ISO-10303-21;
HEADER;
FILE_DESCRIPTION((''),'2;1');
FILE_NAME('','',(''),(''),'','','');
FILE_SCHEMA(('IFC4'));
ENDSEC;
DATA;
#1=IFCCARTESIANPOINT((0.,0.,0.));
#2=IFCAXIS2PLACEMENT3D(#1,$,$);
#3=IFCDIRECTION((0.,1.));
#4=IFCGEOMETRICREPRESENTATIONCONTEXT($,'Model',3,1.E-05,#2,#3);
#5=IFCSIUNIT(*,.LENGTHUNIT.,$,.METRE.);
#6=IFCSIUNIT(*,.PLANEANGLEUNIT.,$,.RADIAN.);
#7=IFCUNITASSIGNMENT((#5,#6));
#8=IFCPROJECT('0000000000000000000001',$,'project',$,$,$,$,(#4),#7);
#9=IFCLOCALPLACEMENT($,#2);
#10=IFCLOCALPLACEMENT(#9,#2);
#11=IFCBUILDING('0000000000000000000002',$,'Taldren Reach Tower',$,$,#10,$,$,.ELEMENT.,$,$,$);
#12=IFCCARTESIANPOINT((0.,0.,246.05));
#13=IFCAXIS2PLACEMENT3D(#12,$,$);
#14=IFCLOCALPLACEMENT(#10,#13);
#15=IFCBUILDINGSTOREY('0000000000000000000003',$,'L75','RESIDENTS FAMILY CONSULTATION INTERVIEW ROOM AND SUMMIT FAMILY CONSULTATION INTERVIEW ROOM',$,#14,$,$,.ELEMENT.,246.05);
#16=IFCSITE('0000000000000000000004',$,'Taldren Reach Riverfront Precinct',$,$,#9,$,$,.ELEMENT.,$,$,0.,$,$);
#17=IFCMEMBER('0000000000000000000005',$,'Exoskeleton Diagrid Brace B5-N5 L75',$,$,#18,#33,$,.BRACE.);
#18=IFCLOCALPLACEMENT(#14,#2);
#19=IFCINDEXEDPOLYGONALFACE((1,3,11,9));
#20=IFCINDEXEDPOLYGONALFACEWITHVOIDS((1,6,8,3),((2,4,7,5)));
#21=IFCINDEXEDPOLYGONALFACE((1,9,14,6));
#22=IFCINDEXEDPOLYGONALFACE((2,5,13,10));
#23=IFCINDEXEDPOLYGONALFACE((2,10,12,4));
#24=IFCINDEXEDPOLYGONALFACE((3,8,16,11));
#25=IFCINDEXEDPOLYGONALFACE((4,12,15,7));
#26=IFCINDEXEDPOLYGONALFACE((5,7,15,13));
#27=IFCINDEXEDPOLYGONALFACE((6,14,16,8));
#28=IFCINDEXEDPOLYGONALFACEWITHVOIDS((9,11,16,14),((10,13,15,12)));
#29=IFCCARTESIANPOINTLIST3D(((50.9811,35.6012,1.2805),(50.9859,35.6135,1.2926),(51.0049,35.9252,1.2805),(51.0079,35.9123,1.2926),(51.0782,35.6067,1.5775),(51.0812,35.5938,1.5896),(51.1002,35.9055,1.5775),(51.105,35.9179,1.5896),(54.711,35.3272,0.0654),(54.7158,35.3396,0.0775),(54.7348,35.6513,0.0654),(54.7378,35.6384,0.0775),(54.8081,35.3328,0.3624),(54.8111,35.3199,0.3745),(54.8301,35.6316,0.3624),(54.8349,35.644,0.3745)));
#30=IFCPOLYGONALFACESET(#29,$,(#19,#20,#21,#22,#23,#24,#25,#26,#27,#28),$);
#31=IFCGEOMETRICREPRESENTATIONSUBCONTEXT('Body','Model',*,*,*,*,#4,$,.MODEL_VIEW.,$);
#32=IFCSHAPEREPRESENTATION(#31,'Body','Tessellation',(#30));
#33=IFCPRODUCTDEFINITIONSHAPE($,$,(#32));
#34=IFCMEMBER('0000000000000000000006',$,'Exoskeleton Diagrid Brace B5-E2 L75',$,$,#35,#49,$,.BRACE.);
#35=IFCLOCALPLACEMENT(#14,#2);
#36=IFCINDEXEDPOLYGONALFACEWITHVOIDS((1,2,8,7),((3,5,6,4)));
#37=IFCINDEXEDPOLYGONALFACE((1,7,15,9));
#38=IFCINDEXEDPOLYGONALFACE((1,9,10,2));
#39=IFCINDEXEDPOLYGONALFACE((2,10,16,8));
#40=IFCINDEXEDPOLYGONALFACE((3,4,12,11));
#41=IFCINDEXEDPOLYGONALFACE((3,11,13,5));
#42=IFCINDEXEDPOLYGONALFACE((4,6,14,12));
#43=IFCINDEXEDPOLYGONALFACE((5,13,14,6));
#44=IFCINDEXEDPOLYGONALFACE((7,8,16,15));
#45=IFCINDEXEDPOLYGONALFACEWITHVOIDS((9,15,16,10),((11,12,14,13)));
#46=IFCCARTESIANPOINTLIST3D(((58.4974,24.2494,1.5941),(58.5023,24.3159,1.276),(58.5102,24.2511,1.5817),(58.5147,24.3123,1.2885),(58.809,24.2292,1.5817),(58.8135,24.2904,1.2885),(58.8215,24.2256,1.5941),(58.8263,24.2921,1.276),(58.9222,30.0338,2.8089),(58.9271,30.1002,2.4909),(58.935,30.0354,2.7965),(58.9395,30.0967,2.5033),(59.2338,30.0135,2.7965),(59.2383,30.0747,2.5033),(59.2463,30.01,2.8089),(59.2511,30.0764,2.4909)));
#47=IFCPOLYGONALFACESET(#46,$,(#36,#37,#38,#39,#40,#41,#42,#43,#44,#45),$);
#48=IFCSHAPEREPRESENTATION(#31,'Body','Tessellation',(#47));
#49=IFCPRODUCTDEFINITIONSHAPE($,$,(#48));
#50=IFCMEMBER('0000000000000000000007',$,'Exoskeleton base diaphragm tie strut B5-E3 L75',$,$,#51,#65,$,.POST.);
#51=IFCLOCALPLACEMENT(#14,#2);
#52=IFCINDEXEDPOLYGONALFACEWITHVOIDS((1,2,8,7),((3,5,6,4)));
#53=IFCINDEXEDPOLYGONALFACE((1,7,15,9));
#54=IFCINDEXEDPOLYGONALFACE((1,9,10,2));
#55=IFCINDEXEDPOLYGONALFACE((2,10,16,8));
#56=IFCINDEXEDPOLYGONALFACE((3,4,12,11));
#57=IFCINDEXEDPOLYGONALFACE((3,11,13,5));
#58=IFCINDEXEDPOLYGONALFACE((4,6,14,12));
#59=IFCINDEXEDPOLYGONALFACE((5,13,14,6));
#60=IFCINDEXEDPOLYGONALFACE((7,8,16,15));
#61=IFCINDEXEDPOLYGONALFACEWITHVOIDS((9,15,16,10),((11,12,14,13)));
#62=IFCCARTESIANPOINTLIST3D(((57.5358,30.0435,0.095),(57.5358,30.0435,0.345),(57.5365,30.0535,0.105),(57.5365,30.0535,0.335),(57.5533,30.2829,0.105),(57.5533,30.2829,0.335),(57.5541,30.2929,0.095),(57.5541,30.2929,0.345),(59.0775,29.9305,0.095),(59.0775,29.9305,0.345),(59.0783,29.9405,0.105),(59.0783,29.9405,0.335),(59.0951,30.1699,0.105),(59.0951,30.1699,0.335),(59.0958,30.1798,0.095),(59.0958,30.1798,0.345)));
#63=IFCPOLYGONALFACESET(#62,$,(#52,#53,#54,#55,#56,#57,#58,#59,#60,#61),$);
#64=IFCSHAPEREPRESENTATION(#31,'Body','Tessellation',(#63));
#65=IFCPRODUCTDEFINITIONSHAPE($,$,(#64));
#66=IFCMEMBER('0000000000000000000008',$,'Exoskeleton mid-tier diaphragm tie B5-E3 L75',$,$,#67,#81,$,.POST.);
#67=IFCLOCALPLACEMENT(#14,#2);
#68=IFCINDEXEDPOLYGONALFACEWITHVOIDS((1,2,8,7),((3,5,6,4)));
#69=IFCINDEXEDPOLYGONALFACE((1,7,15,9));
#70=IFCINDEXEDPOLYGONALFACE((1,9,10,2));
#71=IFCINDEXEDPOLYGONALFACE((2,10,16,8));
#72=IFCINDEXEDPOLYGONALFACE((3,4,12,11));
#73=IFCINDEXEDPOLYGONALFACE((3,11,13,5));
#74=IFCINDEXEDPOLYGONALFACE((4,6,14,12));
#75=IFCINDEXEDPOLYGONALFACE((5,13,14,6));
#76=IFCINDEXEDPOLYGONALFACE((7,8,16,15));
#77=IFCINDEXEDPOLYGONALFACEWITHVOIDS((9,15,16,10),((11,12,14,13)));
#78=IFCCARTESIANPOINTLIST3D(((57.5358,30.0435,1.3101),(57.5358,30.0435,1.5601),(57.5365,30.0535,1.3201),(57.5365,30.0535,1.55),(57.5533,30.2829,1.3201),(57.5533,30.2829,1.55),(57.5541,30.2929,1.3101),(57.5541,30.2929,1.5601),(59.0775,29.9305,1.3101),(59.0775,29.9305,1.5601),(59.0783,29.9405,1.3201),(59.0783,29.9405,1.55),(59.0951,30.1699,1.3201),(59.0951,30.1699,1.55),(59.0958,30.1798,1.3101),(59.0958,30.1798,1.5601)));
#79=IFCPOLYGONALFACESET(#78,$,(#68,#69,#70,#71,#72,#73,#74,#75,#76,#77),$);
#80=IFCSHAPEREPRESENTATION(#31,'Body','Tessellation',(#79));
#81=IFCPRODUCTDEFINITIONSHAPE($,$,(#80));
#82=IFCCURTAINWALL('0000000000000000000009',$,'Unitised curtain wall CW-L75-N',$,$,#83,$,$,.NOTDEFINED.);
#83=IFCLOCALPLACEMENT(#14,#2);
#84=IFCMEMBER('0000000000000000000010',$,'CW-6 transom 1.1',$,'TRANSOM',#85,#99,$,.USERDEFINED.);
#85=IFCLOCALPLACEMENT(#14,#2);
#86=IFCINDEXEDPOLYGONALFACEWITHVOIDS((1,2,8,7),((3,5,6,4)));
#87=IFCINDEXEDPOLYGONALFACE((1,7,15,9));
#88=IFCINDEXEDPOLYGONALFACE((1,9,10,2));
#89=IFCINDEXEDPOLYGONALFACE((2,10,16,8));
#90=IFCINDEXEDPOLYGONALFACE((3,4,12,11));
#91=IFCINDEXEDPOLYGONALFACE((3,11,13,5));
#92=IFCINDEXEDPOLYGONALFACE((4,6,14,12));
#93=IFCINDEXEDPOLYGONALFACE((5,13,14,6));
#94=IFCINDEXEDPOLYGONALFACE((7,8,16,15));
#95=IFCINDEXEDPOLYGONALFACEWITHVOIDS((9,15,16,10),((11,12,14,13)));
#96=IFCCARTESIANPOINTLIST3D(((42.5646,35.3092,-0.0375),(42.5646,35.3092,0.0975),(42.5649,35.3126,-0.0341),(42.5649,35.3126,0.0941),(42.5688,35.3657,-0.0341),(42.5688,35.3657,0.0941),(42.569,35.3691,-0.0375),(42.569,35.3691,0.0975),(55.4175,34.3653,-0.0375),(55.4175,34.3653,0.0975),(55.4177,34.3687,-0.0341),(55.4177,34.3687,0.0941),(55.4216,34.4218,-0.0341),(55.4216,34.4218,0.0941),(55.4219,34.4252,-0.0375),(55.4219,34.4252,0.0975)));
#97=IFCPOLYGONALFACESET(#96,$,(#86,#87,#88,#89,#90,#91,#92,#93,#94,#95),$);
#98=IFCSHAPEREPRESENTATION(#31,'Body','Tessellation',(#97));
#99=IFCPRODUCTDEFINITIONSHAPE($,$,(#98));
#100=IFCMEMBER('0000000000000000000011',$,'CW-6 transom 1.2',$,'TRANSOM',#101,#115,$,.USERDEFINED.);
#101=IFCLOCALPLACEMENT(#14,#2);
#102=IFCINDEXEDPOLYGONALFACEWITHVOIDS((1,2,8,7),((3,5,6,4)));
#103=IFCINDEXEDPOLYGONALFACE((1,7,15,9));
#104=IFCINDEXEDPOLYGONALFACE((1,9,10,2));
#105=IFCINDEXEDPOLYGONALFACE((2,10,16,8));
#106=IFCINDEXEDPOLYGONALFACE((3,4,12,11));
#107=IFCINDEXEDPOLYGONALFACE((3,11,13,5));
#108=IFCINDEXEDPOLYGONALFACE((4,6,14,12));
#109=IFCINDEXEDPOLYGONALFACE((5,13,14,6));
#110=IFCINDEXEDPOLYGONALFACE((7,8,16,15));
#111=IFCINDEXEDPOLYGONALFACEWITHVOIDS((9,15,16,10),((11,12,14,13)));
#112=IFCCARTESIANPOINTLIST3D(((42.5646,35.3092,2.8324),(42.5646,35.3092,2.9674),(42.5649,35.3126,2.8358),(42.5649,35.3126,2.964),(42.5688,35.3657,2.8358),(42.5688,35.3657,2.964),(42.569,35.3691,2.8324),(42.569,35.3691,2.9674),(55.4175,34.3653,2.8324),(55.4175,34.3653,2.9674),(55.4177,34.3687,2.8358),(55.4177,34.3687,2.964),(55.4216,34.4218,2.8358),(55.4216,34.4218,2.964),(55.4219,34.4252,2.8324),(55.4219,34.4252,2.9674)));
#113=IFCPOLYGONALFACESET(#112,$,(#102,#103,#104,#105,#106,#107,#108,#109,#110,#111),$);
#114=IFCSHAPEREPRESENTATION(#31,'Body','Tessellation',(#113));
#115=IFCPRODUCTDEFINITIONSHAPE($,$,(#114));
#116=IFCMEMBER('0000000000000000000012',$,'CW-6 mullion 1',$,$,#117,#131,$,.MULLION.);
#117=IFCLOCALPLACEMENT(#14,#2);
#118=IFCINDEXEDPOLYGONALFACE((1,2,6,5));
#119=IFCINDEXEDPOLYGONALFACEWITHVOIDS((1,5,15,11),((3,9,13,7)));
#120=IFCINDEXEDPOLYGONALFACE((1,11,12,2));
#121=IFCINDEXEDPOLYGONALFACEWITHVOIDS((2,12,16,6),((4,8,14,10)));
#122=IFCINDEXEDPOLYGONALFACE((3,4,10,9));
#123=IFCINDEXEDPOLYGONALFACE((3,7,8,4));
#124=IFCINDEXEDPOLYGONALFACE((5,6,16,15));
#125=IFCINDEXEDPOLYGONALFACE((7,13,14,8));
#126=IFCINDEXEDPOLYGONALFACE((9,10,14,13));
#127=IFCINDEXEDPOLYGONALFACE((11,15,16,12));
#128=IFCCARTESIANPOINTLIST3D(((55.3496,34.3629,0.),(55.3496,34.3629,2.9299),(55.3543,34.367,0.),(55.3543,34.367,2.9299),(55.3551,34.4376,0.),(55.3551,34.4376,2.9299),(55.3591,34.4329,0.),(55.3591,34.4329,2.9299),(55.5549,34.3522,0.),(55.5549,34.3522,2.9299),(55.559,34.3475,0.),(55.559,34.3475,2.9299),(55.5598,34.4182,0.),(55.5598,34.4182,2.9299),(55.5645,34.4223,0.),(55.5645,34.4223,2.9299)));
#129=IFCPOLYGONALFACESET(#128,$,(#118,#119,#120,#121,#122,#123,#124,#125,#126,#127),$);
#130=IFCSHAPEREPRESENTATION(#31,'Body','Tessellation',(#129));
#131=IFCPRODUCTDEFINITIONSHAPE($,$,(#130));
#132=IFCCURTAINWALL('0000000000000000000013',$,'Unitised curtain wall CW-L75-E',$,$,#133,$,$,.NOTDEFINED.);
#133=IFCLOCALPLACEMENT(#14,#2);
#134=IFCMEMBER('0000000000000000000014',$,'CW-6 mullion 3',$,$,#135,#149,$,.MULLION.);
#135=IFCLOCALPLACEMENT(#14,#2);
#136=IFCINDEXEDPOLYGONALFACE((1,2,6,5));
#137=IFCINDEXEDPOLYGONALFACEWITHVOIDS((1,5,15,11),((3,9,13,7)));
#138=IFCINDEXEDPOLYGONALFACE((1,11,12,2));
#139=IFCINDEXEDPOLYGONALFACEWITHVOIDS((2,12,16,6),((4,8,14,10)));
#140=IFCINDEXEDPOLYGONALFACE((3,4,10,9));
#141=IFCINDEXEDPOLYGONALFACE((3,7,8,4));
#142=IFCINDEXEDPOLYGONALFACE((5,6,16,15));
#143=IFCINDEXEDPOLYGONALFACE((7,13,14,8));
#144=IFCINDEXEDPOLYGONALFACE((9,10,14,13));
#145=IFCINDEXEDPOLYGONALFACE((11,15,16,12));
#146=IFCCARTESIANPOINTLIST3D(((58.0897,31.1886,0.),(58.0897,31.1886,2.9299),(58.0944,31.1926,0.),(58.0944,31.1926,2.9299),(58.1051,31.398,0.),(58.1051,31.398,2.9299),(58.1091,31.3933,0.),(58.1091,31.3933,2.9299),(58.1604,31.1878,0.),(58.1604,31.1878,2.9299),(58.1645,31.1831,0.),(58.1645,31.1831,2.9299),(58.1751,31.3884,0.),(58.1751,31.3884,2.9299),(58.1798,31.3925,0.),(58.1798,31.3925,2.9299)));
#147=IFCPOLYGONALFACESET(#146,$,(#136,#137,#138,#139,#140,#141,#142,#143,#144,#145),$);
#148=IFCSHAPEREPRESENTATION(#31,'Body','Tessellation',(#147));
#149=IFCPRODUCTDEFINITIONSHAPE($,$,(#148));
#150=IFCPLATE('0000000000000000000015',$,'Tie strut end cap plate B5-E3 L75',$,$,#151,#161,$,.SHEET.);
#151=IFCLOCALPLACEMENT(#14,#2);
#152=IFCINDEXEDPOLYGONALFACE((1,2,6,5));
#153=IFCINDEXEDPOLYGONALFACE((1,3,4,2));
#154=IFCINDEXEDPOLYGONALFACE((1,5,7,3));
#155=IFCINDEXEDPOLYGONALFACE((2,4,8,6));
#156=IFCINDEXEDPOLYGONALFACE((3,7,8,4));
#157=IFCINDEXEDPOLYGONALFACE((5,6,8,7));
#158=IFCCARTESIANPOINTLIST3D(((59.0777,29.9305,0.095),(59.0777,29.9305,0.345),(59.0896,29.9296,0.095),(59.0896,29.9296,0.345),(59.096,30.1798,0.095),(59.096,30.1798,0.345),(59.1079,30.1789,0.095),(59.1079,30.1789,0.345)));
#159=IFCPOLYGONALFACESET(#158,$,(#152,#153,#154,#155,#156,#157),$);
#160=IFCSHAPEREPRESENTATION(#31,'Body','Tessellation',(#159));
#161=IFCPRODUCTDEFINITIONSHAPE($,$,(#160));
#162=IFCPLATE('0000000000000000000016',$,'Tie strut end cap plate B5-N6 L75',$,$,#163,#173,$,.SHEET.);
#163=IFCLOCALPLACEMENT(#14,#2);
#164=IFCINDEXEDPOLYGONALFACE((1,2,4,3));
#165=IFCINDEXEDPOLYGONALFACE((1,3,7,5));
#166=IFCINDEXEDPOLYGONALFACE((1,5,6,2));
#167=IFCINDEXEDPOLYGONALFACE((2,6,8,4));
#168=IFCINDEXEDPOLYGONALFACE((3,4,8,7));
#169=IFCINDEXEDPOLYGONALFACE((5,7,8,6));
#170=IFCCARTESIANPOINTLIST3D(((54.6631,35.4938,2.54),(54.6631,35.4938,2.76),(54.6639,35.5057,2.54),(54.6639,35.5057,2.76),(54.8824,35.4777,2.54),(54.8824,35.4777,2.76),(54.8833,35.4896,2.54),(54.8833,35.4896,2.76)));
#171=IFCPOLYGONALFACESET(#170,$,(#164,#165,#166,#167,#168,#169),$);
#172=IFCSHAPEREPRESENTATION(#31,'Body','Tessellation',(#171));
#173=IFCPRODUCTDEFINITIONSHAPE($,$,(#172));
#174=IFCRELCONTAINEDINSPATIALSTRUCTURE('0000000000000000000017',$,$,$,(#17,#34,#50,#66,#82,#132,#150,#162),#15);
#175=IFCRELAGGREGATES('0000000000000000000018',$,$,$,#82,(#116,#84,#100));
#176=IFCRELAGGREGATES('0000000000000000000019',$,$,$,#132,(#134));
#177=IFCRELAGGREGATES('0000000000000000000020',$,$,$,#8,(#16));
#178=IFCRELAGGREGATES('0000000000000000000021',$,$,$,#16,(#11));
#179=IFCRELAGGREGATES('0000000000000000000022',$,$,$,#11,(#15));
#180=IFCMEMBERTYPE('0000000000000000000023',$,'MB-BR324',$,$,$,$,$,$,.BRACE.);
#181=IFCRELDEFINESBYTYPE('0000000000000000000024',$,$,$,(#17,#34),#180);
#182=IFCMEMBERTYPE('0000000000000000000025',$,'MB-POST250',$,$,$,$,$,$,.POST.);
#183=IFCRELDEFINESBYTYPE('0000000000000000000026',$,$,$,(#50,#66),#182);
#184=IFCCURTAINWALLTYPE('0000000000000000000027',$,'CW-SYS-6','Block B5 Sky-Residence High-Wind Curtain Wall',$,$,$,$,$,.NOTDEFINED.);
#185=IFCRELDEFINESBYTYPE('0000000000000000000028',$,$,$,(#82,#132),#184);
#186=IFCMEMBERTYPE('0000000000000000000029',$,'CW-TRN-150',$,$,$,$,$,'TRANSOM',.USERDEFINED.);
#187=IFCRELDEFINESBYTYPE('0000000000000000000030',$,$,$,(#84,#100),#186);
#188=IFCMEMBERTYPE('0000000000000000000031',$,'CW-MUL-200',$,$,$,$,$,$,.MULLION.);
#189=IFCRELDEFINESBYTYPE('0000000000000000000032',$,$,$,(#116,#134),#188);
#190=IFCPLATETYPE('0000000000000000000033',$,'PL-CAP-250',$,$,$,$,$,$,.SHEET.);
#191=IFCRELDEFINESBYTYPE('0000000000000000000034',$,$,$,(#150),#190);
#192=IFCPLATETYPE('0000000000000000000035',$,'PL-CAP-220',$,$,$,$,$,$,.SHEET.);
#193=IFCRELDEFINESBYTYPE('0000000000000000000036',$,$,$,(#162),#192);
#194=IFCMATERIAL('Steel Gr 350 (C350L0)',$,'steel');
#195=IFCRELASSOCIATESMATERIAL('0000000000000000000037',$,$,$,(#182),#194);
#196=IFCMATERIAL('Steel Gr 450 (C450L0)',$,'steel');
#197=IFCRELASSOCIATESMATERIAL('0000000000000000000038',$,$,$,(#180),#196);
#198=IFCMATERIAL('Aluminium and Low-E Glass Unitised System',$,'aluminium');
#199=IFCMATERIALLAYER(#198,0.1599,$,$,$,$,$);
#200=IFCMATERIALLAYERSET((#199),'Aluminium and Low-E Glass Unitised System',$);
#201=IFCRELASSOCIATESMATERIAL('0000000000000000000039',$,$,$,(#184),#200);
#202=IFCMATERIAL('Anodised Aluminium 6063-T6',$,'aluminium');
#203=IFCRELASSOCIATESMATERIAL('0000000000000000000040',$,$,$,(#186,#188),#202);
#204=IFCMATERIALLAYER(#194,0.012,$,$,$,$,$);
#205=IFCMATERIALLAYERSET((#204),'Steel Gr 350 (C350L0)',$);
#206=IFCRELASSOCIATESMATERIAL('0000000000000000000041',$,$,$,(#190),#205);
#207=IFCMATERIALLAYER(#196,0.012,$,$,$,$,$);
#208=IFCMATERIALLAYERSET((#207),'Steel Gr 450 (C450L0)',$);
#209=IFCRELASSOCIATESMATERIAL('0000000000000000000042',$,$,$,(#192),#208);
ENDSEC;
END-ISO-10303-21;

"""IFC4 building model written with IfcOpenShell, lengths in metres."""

from ifc_helpers import new_model, si_unit, direction, frame, origin, origin_2d, place, context, subcontext, project, spatial, rectangle, hollow_rectangle, extrude, source, transform, mapped, material, layer, layer_set, material_profile, profile_set, type_object, element, aggregate, save


model = new_model("IFC4")

# Units and contexts
model_context = context("Model", 3, precision=1e-05, world=origin(), true_north=direction((0.0, 1.0)))
body_context = subcontext(model_context, "Body", "Model", "MODEL_VIEW")
ifc_project = project(units=[si_unit("LENGTHUNIT", "METRE"), si_unit("PLANEANGLEUNIT", "RADIAN")], contexts=[model_context])

# Site, building, storey
site_placement = place(None, origin())
site = spatial("IfcSite", under=ifc_project, at=site_placement, Name="Taldren Reach Riverfront Precinct", CompositionType="ELEMENT", RefElevation=0.0)
building_placement = place(site_placement, origin())
building = spatial("IfcBuilding", under=site, at=building_placement, Name="Taldren Reach Tower", CompositionType="ELEMENT")
storey_placement = place(building_placement, frame((0.0, 0.0, 246.05)))
storey = spatial("IfcBuildingStorey", under=building, at=storey_placement, Name="L75", Description="RESIDENTS FAMILY CONSULTATION INTERVIEW ROOM AND SUMMIT FAMILY CONSULTATION INTERVIEW ROOM", CompositionType="ELEMENT", Elevation=246.05)

# Shared definitions
ifc_material_1 = material(Name="Steel Gr 350 (C350L0)", Category="steel")

# Shared definitions
ifc_material_profile_1 = material_profile(ifc_material_1, hollow_rectangle(XDim=0.25, YDim=0.25, WallThickness=0.01, at=origin_2d()), Name="250x250x10.0SHS")
ifc_profile_set_1 = profile_set([ifc_material_profile_1], Name="Steel Gr 350 (C350L0)")
member_type_1 = type_object("IfcMemberType", Name="MB-POST250", PredefinedType="POST", material=ifc_profile_set_1)
ifc_material_2 = material(Name="Steel Gr 450 (C450L0)", Category="steel")

# Members
ifc_material_profile_2 = material_profile(ifc_material_2, hollow_rectangle(XDim=0.325, YDim=0.325, WallThickness=0.0127, at=origin_2d()), Name="325x325x12.7SHS")
ifc_profile_set_2 = profile_set([ifc_material_profile_2], Name="Steel Gr 450 (C450L0)")
member_type_2 = type_object("IfcMemberType", Name="MB-BR324", PredefinedType="BRACE", material=ifc_profile_set_2)
shared_shape_1 = source(origin(), body_context, "Body", "SweptSolid", [
    extrude(hollow_rectangle(XDim=0.325, YDim=0.325, WallThickness=0.0127, at=origin_2d()), origin(), (0.0, 0.0, 1.0), 3.9324),
])
member_1_placement = place(storey_placement, frame((54.7729, 35.4856, 0.22), z_axis=(-0.948511, 0.069658, 0.308989), x_axis=(-0.073242, -0.997314, 0.0)))
element("IfcMember", 1, at=member_1_placement, inside=storey, type_object=member_type_2, Name="Exoskeleton Diagrid Brace B5-N5 L75", PredefinedType="BRACE", context=body_context, shape_type="MappedRepresentation", body=[
    mapped(shared_shape_1, transform((0.0, 0.0, 0.0), scale=1.0)),
])
shared_shape_2 = source(origin(), body_context, "Body", "SweptSolid", [
    extrude(hollow_rectangle(XDim=0.325, YDim=0.325, WallThickness=0.0127, at=origin_2d()), origin(), (0.0, 0.0, 1.0), 5.9258),
])
member_2_placement = place(storey_placement, frame((58.6619, 24.2708, 1.4351), z_axis=(0.071687, 0.976132, 0.205007), x_axis=(-0.997314, 0.073242, 0.0)))
element("IfcMember", 2, at=member_2_placement, inside=storey, type_object=member_type_2, Name="Exoskeleton Diagrid Brace B5-E2 L75", PredefinedType="BRACE", context=body_context, shape_type="MappedRepresentation", body=[
    mapped(shared_shape_2, transform((0.0, 0.0, 0.0), scale=1.0)),
])
shared_shape_3 = source(origin(), body_context, "Body", "SweptSolid", [
    extrude(hollow_rectangle(XDim=0.25, YDim=0.25, WallThickness=0.01, at=origin_2d()), origin(), (0.0, 0.0, 1.0), 1.5459),
])
for number, where, z_axis, x_axis, name in (
    (3, (57.5449, 30.1682, 0.22), (0.997323, -0.073121, 0.0), (0.073121, 0.997323, 0.0), "Exoskeleton base diaphragm tie strut B5-E3 L75"),
    (4, (57.5449, 30.1682, 1.4351), (0.997323, -0.073121, 0.0), (0.073121, 0.997323, 0.0), "Exoskeleton mid-tier diaphragm tie B5-E3 L75"),
):
    element("IfcMember", number, at=place(storey_placement, frame(where, z_axis=z_axis, x_axis=x_axis)), inside=storey, type_object=member_type_1, Name=name, PredefinedType="POST", context=body_context, shape_type="MappedRepresentation", body=[
        mapped(shared_shape_3, transform((0.0, 0.0, 0.0), scale=1.0)),
    ])

# Curtain wall, members
ifc_material_3 = material(Name="Aluminium and Low-E Glass Unitised System", Category="aluminium")
ifc_layer_1 = layer(ifc_material_3, 0.1599)
ifc_layer_set_1 = layer_set([ifc_layer_1], Name="Aluminium and Low-E Glass Unitised System")
curtain_wall_type = type_object("IfcCurtainWallType", Name="CW-SYS-6", Description="Block B5 Sky-Residence High-Wind Curtain Wall", PredefinedType="NOTDEFINED", material=ifc_layer_set_1)
curtain_wall_1_placement = place(storey_placement, origin())
curtain_wall_1 = element("IfcCurtainWall", 5, at=curtain_wall_1_placement, inside=storey, type_object=curtain_wall_type, Name="Unitised curtain wall CW-L75-N", PredefinedType="NOTDEFINED")
ifc_material_4 = material(Name="Anodised Aluminium 6063-T6", Category="aluminium")
ifc_material_profile_3 = material_profile(ifc_material_4, hollow_rectangle(XDim=0.0601, YDim=0.135, WallThickness=0.0034, at=origin_2d()), Name="ALU-135x60x3.5RHS")
ifc_profile_set_3 = profile_set([ifc_material_profile_3], Name="Anodised Aluminium 6063-T6")
member_type_3 = type_object("IfcMemberType", Name="CW-TRN-150", ElementType="TRANSOM", PredefinedType="USERDEFINED", material=ifc_profile_set_3)
shared_shape_4 = source(origin(), body_context, "Body", "SweptSolid", [
    extrude(hollow_rectangle(XDim=0.0601, YDim=0.135, WallThickness=0.0034, at=origin_2d()), origin(), (0.0, 0.0, 1.0), 12.8875),
])
member_3_placement = place(storey_placement, frame((55.4197, 34.3953, 0.03), z_axis=(-0.997314, 0.073238, 0.0), x_axis=(-0.073238, -0.997314, 0.0)))
member_3 = element("IfcMember", 6, at=member_3_placement, type_object=member_type_3, Name="CW-6 transom 1.1", ObjectType="TRANSOM", PredefinedType="USERDEFINED", context=body_context, shape_type="MappedRepresentation", body=[
    mapped(shared_shape_4, transform((0.0, 0.0, 0.0), scale=1.0)),
])
member_4_placement = place(storey_placement, frame((55.4197, 34.3953, 2.8999), z_axis=(-0.997314, 0.073238, 0.0), x_axis=(-0.073238, -0.997314, 0.0)))
member_4 = element("IfcMember", 7, at=member_4_placement, type_object=member_type_3, Name="CW-6 transom 1.2", ObjectType="TRANSOM", PredefinedType="USERDEFINED", context=body_context, shape_type="MappedRepresentation", body=[
    mapped(shared_shape_4, transform((0.0, 0.0, 0.0), scale=1.0)),
])
ifc_material_profile_4 = material_profile(ifc_material_4, hollow_rectangle(XDim=0.075, YDim=0.21, WallThickness=0.0044, at=origin_2d()), Name="ALU-210x75x4.5RHS")
ifc_profile_set_4 = profile_set([ifc_material_profile_4], Name="Anodised Aluminium 6063-T6")
member_type_4 = type_object("IfcMemberType", Name="CW-MUL-200", PredefinedType="MULLION", material=ifc_profile_set_4)
shared_shape_5 = source(origin(), body_context, "Body", "SweptSolid", [
    extrude(hollow_rectangle(XDim=0.075, YDim=0.21, WallThickness=0.0044, at=origin_2d()), origin(), (0.0, 0.0, 1.0), 2.9299),
])
member_5_placement = place(storey_placement, frame((55.457, 34.3926, 0.0), z_axis=(0.0, 0.0, 1.0), x_axis=(-0.073238, -0.997314, 0.0)))
member_5 = element("IfcMember", 8, at=member_5_placement, type_object=member_type_4, Name="CW-6 mullion 1", PredefinedType="MULLION", context=body_context, shape_type="MappedRepresentation", body=[
    mapped(shared_shape_5, transform((0.0, 0.0, 0.0), scale=1.0)),
])
aggregate(curtain_wall_1, [member_5, member_3, member_4])

# Curtain wall, member
curtain_wall_2_placement = place(storey_placement, origin())
curtain_wall_2 = element("IfcCurtainWall", 9, at=curtain_wall_2_placement, inside=storey, type_object=curtain_wall_type, Name="Unitised curtain wall CW-L75-E", PredefinedType="NOTDEFINED")
member_6_placement = place(storey_placement, frame((58.1348, 31.2905, 0.0), z_axis=(0.0, 0.0, 1.0), x_axis=(-0.997314, 0.073238, 0.0)))
member_6 = element("IfcMember", 10, at=member_6_placement, type_object=member_type_4, Name="CW-6 mullion 3", PredefinedType="MULLION", context=body_context, shape_type="MappedRepresentation", body=[
    mapped(shared_shape_5, transform((0.0, 0.0, 0.0), scale=1.0)),
])

# Plates
ifc_layer_2 = layer(ifc_material_1, 0.012)
ifc_layer_set_2 = layer_set([ifc_layer_2], Name="Steel Gr 350 (C350L0)")
plate_type_1 = type_object("IfcPlateType", Name="PL-CAP-250", PredefinedType="SHEET", material=ifc_layer_set_2)
shared_shape_6 = source(origin(), body_context, "Body", "SweptSolid", [
    extrude(rectangle(XDim=0.012, YDim=0.25, at=origin_2d()), origin(), (0.0, 0.0, 1.0), 0.25),
])
plate_1_placement = place(storey_placement, frame((59.0928, 30.0547, 0.095), z_axis=(0.0, 0.0, 1.0), x_axis=(0.997314, -0.073238, 0.0)))
element("IfcPlate", 11, at=plate_1_placement, inside=storey, type_object=plate_type_1, Name="Tie strut end cap plate B5-E3 L75", PredefinedType="SHEET", context=body_context, shape_type="MappedRepresentation", body=[
    mapped(shared_shape_6, transform((0.0, 0.0, 0.0), scale=1.0)),
])
ifc_layer_3 = layer(ifc_material_2, 0.012)
ifc_layer_set_3 = layer_set([ifc_layer_3], Name="Steel Gr 450 (C450L0)")
plate_type_2 = type_object("IfcPlateType", Name="PL-CAP-220", PredefinedType="SHEET", material=ifc_layer_set_3)
shared_shape_7 = source(origin(), body_context, "Body", "SweptSolid", [
    extrude(rectangle(XDim=0.22, YDim=0.012, at=origin_2d()), origin(), (0.0, 0.0, 1.0), 0.22),
])
plate_2_placement = place(storey_placement, frame((54.7732, 35.4917, 2.54), z_axis=(0.0, 0.0, 1.0), x_axis=(0.997314, -0.073238, 0.0)))
element("IfcPlate", 12, at=plate_2_placement, inside=storey, type_object=plate_type_2, Name="Tie strut end cap plate B5-N6 L75", PredefinedType="SHEET", context=body_context, shape_type="MappedRepresentation", body=[
    mapped(shared_shape_7, transform((0.0, 0.0, 0.0), scale=1.0)),
])

aggregate(curtain_wall_2, [member_6])

save(model, "model.ifc")
